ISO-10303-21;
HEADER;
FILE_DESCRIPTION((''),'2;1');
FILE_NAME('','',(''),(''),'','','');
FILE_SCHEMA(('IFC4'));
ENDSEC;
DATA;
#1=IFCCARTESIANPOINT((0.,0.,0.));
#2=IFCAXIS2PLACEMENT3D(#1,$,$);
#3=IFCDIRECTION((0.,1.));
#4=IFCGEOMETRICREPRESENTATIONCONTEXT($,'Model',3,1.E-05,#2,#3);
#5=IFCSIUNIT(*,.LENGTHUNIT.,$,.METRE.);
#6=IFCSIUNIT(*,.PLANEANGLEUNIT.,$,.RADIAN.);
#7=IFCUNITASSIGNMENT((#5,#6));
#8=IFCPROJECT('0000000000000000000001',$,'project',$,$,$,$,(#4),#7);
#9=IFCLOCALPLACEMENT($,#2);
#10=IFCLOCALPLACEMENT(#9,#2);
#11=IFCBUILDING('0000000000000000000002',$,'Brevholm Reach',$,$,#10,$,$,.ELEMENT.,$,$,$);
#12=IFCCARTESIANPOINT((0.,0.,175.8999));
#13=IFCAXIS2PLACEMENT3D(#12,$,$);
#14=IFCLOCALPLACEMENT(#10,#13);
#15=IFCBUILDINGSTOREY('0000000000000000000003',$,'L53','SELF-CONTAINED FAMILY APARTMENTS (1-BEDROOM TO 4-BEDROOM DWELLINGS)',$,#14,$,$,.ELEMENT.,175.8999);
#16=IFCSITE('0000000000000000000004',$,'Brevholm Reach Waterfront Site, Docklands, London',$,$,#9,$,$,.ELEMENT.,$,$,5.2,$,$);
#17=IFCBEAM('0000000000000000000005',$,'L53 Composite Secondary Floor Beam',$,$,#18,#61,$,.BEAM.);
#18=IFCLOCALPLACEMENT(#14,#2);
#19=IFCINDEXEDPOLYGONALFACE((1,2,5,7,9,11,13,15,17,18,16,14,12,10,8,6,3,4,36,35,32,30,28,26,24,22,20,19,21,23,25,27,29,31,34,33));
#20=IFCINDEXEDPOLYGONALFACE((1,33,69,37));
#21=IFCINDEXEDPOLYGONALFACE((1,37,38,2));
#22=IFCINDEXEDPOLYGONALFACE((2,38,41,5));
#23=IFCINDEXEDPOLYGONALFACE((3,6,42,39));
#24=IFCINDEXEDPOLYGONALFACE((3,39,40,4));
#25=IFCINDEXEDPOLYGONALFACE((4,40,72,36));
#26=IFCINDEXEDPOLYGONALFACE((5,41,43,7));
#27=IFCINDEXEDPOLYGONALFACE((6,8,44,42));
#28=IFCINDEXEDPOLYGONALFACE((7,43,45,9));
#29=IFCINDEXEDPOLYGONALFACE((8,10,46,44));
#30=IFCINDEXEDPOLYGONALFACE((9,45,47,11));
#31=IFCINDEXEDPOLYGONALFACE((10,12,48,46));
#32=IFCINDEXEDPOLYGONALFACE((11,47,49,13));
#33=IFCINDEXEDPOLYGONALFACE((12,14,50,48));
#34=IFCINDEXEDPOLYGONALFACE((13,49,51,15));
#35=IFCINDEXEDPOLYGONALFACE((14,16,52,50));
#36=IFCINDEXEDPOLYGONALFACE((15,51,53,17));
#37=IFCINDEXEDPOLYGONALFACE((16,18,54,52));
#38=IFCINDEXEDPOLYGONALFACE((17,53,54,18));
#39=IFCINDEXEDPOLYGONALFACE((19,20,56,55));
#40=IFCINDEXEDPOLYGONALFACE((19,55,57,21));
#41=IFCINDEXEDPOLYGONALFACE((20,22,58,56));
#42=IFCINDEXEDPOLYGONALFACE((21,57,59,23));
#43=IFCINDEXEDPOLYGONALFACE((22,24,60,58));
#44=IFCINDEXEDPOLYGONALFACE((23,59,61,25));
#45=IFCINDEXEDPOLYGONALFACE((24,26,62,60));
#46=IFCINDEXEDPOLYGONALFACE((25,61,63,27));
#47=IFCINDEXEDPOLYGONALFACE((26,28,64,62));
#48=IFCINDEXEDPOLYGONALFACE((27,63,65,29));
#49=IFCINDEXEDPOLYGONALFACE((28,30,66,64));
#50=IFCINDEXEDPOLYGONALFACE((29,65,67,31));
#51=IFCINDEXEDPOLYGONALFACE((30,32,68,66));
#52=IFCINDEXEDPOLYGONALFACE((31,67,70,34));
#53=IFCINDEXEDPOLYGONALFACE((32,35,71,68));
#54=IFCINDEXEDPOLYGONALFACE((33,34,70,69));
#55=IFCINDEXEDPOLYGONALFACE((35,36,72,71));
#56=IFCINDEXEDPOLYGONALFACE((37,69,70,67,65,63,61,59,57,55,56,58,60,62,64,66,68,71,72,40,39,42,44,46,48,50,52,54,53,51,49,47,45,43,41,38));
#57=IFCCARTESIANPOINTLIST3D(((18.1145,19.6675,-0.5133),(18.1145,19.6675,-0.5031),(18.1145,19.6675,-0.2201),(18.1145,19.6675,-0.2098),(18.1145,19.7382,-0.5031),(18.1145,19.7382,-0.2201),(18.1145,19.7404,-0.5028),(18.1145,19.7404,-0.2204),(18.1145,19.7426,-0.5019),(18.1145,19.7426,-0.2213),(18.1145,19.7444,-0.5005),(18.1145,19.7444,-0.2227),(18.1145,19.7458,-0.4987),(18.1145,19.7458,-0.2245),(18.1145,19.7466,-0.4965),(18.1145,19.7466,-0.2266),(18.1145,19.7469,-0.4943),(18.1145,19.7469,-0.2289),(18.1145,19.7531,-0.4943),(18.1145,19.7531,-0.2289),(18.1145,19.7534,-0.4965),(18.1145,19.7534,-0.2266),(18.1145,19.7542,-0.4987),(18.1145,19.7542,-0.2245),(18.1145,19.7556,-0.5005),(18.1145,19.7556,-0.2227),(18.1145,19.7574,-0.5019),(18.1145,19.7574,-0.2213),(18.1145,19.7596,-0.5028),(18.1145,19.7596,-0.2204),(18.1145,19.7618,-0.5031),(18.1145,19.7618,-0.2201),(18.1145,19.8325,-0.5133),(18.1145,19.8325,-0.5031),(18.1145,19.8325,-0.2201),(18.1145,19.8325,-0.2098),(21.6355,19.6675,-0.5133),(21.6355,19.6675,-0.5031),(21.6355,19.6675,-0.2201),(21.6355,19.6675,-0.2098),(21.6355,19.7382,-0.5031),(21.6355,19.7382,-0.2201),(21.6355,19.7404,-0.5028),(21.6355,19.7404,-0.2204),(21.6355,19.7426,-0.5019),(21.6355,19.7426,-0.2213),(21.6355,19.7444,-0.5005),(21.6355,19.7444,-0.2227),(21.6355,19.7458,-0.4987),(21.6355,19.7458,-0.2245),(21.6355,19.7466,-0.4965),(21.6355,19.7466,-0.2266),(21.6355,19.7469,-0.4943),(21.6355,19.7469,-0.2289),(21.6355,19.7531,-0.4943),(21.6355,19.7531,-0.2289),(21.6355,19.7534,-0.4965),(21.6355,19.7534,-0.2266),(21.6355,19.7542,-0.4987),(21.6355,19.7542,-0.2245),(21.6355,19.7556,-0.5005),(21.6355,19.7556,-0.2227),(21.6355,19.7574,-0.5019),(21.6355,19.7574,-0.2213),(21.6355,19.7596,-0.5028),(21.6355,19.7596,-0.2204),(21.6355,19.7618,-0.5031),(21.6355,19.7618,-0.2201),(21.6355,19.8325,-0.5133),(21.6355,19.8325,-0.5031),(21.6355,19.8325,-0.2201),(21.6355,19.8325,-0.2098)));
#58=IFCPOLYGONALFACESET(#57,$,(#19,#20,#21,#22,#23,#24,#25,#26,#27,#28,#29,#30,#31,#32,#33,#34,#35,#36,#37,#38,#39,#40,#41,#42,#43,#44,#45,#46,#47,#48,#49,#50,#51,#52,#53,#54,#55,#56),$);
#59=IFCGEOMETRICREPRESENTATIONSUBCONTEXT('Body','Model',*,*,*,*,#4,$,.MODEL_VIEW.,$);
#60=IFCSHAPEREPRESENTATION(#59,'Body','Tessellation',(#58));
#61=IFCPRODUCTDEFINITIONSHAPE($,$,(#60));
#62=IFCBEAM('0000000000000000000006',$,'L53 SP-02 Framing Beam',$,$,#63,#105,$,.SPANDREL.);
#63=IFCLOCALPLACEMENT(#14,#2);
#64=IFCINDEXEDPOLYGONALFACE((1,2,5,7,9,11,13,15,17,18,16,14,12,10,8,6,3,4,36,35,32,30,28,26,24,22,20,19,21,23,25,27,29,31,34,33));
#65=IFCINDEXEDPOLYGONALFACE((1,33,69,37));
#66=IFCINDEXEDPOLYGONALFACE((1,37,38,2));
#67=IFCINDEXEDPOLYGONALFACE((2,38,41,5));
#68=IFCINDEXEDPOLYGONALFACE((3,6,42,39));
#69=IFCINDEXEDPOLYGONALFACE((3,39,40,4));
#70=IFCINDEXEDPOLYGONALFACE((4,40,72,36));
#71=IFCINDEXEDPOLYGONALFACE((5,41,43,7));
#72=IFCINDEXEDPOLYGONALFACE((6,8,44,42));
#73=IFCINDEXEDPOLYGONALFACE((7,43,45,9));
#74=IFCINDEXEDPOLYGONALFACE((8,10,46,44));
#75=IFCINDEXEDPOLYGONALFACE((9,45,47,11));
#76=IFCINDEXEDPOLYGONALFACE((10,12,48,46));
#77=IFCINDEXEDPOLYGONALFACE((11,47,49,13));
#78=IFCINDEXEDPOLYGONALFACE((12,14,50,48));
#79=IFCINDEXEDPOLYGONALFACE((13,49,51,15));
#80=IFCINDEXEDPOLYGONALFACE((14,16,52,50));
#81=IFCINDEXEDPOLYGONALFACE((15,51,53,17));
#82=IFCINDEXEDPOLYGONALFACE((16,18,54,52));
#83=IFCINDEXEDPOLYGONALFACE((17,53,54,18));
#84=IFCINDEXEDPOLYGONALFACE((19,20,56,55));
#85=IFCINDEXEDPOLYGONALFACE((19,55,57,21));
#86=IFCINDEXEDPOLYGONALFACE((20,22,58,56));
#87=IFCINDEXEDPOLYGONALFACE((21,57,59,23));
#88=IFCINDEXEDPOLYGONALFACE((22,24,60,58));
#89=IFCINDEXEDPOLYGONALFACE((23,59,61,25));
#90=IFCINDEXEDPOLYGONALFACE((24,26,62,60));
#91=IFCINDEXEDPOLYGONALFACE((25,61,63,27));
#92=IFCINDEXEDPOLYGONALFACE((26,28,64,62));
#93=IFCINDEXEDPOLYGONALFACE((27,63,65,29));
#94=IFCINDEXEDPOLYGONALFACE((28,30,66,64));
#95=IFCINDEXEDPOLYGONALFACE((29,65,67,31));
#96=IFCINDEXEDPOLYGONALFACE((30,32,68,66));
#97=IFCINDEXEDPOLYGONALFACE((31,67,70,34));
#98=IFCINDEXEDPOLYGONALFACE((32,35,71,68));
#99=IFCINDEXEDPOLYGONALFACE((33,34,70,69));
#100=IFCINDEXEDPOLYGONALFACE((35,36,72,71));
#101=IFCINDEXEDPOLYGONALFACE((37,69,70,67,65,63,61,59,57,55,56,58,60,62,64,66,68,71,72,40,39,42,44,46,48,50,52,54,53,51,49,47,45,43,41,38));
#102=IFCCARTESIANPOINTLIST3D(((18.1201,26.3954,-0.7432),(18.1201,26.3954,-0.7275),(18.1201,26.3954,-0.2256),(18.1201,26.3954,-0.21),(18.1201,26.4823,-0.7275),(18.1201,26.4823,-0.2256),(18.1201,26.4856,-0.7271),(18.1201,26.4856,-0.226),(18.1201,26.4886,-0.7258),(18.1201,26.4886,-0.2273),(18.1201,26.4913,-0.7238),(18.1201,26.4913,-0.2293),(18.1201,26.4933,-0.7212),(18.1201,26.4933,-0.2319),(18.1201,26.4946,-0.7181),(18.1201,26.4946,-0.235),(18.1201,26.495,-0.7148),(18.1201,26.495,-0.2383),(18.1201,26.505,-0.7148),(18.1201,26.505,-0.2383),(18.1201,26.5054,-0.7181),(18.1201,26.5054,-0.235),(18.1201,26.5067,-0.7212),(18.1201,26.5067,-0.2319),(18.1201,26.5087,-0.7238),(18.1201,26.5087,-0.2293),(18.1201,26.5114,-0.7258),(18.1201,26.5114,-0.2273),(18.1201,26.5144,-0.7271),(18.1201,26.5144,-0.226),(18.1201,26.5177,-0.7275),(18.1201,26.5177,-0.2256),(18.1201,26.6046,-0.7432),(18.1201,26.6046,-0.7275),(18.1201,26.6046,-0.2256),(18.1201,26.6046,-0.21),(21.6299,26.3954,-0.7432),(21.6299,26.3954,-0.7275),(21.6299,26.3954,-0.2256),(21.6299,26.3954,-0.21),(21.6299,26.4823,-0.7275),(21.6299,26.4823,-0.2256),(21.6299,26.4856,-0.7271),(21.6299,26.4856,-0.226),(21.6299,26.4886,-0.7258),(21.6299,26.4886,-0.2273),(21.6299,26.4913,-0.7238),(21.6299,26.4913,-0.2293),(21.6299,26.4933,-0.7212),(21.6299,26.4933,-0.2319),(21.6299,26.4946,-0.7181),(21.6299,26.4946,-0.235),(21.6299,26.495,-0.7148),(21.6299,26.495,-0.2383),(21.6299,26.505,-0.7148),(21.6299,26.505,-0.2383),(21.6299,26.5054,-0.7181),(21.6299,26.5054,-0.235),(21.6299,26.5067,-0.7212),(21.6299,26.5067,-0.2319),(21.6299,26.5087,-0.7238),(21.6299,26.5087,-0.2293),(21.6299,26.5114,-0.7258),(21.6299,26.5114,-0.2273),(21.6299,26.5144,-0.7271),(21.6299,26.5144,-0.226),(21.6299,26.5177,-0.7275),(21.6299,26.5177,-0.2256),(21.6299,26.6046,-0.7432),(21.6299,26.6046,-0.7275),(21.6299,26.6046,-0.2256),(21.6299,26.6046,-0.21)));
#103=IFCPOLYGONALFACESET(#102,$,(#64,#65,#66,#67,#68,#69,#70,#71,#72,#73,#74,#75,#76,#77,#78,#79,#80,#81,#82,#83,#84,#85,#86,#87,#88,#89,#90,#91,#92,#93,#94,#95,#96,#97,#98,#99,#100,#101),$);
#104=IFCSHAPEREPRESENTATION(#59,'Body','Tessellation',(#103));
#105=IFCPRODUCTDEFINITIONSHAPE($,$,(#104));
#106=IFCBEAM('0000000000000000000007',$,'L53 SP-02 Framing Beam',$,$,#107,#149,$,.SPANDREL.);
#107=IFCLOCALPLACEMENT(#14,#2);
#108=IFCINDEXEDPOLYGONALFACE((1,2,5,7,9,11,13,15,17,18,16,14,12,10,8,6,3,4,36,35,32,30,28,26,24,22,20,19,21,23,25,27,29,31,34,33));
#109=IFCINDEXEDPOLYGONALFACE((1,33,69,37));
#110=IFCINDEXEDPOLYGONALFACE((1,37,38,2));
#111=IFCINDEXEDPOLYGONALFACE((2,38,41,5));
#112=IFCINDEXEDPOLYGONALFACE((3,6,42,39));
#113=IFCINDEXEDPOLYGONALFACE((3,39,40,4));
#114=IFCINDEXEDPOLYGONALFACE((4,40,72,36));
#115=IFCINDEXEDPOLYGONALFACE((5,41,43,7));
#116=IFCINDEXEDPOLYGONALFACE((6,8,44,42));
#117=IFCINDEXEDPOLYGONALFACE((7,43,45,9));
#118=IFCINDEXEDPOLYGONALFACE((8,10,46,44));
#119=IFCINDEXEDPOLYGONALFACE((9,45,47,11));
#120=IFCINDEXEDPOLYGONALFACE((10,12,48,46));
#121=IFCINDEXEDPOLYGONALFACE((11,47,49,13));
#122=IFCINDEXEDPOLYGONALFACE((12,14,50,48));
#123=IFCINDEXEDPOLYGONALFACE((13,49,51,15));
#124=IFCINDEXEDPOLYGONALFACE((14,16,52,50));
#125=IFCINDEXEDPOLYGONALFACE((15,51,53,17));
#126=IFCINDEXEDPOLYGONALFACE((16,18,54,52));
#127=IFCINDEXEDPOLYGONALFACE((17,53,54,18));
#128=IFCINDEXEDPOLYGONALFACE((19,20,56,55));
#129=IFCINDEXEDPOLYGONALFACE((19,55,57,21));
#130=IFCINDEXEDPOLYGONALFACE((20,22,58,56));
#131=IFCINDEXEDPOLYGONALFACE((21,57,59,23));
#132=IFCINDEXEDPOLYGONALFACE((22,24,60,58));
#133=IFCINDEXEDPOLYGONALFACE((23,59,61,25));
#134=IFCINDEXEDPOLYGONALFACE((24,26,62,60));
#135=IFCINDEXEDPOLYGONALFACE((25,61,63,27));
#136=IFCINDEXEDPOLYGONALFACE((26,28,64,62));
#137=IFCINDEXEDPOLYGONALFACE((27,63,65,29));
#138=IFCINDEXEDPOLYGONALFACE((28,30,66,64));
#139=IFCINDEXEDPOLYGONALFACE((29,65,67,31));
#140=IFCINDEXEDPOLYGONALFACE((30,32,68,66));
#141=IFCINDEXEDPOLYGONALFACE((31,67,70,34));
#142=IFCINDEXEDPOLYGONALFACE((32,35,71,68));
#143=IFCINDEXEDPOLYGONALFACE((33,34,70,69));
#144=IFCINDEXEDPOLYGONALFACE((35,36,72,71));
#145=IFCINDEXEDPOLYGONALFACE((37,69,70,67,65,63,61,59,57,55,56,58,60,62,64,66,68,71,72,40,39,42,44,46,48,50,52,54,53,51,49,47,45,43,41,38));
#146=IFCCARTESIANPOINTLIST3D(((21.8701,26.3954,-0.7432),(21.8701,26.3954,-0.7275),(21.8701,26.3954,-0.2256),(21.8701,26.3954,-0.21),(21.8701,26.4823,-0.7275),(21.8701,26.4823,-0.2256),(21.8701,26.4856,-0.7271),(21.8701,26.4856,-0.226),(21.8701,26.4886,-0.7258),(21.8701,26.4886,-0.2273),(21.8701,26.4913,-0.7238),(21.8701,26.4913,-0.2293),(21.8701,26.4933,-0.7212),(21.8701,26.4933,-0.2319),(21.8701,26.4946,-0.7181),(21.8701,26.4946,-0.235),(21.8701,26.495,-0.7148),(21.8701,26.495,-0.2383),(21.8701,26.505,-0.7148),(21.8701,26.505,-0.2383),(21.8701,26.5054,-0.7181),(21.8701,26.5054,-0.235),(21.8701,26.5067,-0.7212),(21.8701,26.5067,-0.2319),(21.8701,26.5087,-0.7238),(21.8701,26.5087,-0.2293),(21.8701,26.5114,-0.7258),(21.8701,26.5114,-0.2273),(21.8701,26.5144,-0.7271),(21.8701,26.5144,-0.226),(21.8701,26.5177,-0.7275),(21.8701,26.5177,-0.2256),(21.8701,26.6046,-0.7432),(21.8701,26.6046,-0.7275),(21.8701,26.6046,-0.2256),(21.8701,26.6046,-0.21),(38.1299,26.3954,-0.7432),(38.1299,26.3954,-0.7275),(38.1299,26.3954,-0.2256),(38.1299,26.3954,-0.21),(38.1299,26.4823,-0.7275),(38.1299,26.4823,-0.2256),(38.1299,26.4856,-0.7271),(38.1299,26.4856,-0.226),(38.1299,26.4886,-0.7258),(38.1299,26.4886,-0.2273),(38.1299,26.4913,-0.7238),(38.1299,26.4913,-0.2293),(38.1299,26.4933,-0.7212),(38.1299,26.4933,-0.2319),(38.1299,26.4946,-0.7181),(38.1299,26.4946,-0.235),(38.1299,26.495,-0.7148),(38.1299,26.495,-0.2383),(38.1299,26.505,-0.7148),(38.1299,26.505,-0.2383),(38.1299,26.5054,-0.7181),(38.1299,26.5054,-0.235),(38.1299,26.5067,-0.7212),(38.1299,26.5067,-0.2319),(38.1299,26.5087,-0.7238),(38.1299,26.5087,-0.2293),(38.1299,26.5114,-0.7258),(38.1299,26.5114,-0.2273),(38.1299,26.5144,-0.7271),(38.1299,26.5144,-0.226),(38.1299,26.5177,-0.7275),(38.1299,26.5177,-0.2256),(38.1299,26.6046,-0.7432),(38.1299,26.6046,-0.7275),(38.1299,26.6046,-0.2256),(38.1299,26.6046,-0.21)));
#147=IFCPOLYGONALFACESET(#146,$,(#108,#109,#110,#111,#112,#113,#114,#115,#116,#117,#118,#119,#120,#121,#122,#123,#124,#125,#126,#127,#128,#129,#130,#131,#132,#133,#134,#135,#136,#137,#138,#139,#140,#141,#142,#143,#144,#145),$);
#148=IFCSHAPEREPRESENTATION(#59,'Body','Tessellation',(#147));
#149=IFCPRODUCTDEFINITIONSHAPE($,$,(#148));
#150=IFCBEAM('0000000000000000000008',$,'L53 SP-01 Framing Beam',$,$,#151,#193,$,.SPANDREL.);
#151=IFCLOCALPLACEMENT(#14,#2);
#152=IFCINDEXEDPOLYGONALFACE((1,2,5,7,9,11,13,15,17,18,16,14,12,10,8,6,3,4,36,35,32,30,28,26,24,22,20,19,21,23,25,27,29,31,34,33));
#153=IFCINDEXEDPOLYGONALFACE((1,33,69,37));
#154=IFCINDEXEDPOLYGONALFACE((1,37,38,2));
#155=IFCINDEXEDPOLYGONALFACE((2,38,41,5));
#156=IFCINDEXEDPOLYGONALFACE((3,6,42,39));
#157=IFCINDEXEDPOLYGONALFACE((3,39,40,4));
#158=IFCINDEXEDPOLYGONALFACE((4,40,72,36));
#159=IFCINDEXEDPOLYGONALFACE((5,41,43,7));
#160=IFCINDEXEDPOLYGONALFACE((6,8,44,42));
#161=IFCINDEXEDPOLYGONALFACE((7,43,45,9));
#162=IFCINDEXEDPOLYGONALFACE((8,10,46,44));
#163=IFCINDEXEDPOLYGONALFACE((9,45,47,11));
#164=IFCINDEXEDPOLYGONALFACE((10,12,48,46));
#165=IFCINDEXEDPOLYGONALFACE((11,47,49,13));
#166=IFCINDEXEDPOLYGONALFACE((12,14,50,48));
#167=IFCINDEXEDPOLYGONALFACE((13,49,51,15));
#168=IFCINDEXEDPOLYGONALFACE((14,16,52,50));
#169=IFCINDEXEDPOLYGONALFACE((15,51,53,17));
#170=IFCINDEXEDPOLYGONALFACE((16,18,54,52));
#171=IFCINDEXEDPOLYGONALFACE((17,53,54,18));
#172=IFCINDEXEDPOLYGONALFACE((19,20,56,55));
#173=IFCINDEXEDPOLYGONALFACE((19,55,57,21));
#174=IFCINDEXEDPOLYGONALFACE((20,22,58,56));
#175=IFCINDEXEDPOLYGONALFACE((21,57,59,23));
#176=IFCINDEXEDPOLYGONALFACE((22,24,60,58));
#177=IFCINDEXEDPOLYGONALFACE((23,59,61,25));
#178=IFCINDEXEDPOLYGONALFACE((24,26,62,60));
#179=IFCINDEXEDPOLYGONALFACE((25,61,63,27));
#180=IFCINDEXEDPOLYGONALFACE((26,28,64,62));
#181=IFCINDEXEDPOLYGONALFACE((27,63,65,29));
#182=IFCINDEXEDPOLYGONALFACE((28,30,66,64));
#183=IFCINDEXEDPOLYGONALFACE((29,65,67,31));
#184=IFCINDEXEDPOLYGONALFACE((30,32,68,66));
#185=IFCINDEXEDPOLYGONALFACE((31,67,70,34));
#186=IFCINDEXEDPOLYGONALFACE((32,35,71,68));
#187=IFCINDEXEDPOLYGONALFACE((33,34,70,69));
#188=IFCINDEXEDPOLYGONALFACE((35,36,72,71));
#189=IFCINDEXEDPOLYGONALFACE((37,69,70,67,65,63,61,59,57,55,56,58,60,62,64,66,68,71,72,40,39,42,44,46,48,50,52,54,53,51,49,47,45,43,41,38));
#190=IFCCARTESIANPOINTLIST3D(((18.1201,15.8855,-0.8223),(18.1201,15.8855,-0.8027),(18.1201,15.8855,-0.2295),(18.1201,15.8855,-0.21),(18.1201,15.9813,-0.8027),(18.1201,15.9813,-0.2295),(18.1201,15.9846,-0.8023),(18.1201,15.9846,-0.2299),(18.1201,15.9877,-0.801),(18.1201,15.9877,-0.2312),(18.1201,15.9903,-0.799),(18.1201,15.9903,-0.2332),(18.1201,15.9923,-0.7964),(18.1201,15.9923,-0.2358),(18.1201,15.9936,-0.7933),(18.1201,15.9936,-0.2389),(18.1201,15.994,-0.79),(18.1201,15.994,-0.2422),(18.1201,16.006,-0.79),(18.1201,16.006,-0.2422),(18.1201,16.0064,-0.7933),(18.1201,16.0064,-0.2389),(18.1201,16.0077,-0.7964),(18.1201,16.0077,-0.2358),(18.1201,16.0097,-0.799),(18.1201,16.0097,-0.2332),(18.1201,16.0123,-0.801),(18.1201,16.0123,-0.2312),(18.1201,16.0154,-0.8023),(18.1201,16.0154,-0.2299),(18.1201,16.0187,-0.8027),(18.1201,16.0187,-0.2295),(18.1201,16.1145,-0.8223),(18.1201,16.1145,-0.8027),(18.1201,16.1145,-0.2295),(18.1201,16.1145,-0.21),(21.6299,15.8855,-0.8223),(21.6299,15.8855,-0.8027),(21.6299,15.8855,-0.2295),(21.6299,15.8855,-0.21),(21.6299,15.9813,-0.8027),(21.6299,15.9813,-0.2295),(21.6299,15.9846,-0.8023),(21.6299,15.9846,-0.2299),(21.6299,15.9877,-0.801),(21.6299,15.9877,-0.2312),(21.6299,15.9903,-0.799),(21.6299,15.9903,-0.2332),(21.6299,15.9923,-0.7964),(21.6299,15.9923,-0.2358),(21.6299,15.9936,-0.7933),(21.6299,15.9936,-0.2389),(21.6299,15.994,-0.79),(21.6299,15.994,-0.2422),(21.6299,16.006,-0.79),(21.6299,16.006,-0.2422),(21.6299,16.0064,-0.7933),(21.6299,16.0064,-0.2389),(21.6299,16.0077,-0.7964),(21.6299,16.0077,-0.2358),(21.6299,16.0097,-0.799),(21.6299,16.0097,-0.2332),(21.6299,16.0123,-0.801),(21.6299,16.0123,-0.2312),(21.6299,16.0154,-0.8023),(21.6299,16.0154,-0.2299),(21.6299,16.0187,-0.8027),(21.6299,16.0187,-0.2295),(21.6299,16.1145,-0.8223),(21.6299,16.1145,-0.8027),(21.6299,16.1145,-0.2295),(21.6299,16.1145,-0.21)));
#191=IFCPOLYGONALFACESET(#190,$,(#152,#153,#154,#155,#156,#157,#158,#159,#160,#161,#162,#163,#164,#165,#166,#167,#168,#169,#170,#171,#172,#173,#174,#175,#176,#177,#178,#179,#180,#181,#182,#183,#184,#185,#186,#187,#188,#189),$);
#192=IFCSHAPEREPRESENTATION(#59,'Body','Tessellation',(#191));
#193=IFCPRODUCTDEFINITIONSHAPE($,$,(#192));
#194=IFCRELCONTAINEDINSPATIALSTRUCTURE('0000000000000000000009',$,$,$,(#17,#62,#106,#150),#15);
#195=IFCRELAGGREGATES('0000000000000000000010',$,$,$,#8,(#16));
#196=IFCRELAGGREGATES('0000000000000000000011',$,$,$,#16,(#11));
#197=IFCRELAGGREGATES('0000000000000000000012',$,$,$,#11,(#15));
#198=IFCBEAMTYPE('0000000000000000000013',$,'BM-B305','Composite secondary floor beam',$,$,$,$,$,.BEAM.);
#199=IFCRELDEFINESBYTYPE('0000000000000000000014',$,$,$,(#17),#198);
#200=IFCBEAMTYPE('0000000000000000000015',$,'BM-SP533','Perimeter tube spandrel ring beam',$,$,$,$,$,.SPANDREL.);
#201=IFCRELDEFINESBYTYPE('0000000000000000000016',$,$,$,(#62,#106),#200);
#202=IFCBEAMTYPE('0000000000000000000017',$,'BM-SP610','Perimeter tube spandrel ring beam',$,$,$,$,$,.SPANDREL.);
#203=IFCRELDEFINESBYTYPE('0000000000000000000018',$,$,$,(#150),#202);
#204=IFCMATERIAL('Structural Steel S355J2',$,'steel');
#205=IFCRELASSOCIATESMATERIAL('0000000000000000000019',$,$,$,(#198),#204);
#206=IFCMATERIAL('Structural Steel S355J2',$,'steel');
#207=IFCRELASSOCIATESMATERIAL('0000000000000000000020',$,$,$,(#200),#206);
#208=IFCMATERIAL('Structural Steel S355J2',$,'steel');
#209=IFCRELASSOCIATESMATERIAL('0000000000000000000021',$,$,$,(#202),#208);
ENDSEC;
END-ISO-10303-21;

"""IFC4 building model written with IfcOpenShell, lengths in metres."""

from ifc_helpers import new_model, si_unit, direction, frame, origin, origin_2d, place, context, subcontext, project, spatial, i_section, extrude, material, material_profile, profile_set, type_object, element, save


model = new_model("IFC4")

# Units and contexts
model_context = context("Model", 3, precision=1e-05, world=origin(), true_north=direction((0.0, 1.0)))
body_context = subcontext(model_context, "Body", "Model", "MODEL_VIEW")
ifc_project = project(units=[si_unit("LENGTHUNIT", "METRE"), si_unit("PLANEANGLEUNIT", "RADIAN")], contexts=[model_context])

# Site, building, storey
site_placement = place(None, origin())
site = spatial("IfcSite", under=ifc_project, at=site_placement, Name="Brevholm Reach Waterfront Site, Docklands, London", CompositionType="ELEMENT", RefElevation=5.2)
building_placement = place(site_placement, origin())
building = spatial("IfcBuilding", under=site, at=building_placement, Name="Brevholm Reach", CompositionType="ELEMENT")
storey_placement = place(building_placement, frame((0.0, 0.0, 175.8999)))
storey = spatial("IfcBuildingStorey", under=building, at=storey_placement, Name="L53", Description="SELF-CONTAINED FAMILY APARTMENTS (1-BEDROOM TO 4-BEDROOM DWELLINGS)", CompositionType="ELEMENT", Elevation=175.8999)

# Beams
ifc_material_1 = material(Name="Structural Steel S355J2", Category="steel")
ifc_material_profile_1 = material_profile(ifc_material_1, i_section(OverallWidth=0.165, OverallDepth=0.3035, WebThickness=0.0061, FlangeThickness=0.0103, FilletRadius=0.0088, at=origin_2d()), Name="UKB 305x165x40")
ifc_profile_set_1 = profile_set([ifc_material_profile_1], Name="Structural Steel S355J2")
beam_type_1 = type_object("IfcBeamType", Name="BM-B305", Description="Composite secondary floor beam", PredefinedType="BEAM", material=ifc_profile_set_1)
beam_1_placement = place(storey_placement, frame((18.1145, 19.75, -0.3616), z_axis=(1.0, 0.0, 0.0), x_axis=(0.0, 1.0, 0.0)))
element("IfcBeam", 1, at=beam_1_placement, inside=storey, type_object=beam_type_1, Name="L53 Composite Secondary Floor Beam", PredefinedType="BEAM", context=body_context, shape_type="SweptSolid", body=[
    extrude(i_section(OverallWidth=0.165, OverallDepth=0.3035, WebThickness=0.0061, FlangeThickness=0.0103, FilletRadius=0.0088, at=origin_2d()), origin(), (0.0, 0.0, 1.0), 3.521),
])
ifc_material_2 = material(Name="Structural Steel S355J2", Category="steel")
ifc_material_profile_2 = material_profile(ifc_material_2, i_section(OverallWidth=0.2092, OverallDepth=0.5332, WebThickness=0.01, FlangeThickness=0.0156, FilletRadius=0.0127, at=origin_2d()), Name="UKB 533x210x92")
ifc_profile_set_2 = profile_set([ifc_material_profile_2], Name="Structural Steel S355J2")
beam_type_2 = type_object("IfcBeamType", Name="BM-SP533", Description="Perimeter tube spandrel ring beam", PredefinedType="SPANDREL", material=ifc_profile_set_2)
beam_2_placement = place(storey_placement, frame((18.1201, 26.5, -0.4766), z_axis=(1.0, 0.0, 0.0), x_axis=(0.0, 1.0, 0.0)))
element("IfcBeam", 2, at=beam_2_placement, inside=storey, type_object=beam_type_2, Name="L53 SP-02 Framing Beam", PredefinedType="SPANDREL", context=body_context, shape_type="SweptSolid", body=[
    extrude(i_section(OverallWidth=0.2092, OverallDepth=0.5332, WebThickness=0.01, FlangeThickness=0.0156, FilletRadius=0.0127, at=origin_2d()), origin(), (0.0, 0.0, 1.0), 3.5098),
])
beam_3_placement = place(storey_placement, frame((21.8701, 26.5, -0.4766), z_axis=(1.0, 0.0, 0.0), x_axis=(0.0, 1.0, 0.0)))
element("IfcBeam", 3, at=beam_3_placement, inside=storey, type_object=beam_type_2, Name="L53 SP-02 Framing Beam", PredefinedType="SPANDREL", context=body_context, shape_type="SweptSolid", body=[
    extrude(i_section(OverallWidth=0.2092, OverallDepth=0.5332, WebThickness=0.01, FlangeThickness=0.0156, FilletRadius=0.0127, at=origin_2d()), origin(), (0.0, 0.0, 1.0), 16.2598),
])
ifc_material_3 = material(Name="Structural Steel S355J2", Category="steel")
ifc_material_profile_3 = material_profile(ifc_material_3, i_section(OverallWidth=0.229, OverallDepth=0.6123, WebThickness=0.012, FlangeThickness=0.0195, FilletRadius=0.0127, at=origin_2d()), Name="UKB 610x229x125")
ifc_profile_set_3 = profile_set([ifc_material_profile_3], Name="Structural Steel S355J2")
beam_type_3 = type_object("IfcBeamType", Name="BM-SP610", Description="Perimeter tube spandrel ring beam", PredefinedType="SPANDREL", material=ifc_profile_set_3)
for number, where, z_axis, x_axis, name in (
    (4, (18.1201, 16.0, -0.5161), (1.0, 0.0, 0.0), (0.0, 1.0, 0.0), "L53 SP-01 Framing Beam"),
):
    element("IfcBeam", number, at=place(storey_placement, frame(where, z_axis=z_axis, x_axis=x_axis)), inside=storey, type_object=beam_type_3, Name=name, PredefinedType="SPANDREL", context=body_context, shape_type="SweptSolid", body=[
        extrude(i_section(OverallWidth=0.229, OverallDepth=0.6123, WebThickness=0.012, FlangeThickness=0.0195, FilletRadius=0.0127, at=origin_2d()), origin(), (0.0, 0.0, 1.0), 3.5098),
    ])

save(model, "model.ifc")
